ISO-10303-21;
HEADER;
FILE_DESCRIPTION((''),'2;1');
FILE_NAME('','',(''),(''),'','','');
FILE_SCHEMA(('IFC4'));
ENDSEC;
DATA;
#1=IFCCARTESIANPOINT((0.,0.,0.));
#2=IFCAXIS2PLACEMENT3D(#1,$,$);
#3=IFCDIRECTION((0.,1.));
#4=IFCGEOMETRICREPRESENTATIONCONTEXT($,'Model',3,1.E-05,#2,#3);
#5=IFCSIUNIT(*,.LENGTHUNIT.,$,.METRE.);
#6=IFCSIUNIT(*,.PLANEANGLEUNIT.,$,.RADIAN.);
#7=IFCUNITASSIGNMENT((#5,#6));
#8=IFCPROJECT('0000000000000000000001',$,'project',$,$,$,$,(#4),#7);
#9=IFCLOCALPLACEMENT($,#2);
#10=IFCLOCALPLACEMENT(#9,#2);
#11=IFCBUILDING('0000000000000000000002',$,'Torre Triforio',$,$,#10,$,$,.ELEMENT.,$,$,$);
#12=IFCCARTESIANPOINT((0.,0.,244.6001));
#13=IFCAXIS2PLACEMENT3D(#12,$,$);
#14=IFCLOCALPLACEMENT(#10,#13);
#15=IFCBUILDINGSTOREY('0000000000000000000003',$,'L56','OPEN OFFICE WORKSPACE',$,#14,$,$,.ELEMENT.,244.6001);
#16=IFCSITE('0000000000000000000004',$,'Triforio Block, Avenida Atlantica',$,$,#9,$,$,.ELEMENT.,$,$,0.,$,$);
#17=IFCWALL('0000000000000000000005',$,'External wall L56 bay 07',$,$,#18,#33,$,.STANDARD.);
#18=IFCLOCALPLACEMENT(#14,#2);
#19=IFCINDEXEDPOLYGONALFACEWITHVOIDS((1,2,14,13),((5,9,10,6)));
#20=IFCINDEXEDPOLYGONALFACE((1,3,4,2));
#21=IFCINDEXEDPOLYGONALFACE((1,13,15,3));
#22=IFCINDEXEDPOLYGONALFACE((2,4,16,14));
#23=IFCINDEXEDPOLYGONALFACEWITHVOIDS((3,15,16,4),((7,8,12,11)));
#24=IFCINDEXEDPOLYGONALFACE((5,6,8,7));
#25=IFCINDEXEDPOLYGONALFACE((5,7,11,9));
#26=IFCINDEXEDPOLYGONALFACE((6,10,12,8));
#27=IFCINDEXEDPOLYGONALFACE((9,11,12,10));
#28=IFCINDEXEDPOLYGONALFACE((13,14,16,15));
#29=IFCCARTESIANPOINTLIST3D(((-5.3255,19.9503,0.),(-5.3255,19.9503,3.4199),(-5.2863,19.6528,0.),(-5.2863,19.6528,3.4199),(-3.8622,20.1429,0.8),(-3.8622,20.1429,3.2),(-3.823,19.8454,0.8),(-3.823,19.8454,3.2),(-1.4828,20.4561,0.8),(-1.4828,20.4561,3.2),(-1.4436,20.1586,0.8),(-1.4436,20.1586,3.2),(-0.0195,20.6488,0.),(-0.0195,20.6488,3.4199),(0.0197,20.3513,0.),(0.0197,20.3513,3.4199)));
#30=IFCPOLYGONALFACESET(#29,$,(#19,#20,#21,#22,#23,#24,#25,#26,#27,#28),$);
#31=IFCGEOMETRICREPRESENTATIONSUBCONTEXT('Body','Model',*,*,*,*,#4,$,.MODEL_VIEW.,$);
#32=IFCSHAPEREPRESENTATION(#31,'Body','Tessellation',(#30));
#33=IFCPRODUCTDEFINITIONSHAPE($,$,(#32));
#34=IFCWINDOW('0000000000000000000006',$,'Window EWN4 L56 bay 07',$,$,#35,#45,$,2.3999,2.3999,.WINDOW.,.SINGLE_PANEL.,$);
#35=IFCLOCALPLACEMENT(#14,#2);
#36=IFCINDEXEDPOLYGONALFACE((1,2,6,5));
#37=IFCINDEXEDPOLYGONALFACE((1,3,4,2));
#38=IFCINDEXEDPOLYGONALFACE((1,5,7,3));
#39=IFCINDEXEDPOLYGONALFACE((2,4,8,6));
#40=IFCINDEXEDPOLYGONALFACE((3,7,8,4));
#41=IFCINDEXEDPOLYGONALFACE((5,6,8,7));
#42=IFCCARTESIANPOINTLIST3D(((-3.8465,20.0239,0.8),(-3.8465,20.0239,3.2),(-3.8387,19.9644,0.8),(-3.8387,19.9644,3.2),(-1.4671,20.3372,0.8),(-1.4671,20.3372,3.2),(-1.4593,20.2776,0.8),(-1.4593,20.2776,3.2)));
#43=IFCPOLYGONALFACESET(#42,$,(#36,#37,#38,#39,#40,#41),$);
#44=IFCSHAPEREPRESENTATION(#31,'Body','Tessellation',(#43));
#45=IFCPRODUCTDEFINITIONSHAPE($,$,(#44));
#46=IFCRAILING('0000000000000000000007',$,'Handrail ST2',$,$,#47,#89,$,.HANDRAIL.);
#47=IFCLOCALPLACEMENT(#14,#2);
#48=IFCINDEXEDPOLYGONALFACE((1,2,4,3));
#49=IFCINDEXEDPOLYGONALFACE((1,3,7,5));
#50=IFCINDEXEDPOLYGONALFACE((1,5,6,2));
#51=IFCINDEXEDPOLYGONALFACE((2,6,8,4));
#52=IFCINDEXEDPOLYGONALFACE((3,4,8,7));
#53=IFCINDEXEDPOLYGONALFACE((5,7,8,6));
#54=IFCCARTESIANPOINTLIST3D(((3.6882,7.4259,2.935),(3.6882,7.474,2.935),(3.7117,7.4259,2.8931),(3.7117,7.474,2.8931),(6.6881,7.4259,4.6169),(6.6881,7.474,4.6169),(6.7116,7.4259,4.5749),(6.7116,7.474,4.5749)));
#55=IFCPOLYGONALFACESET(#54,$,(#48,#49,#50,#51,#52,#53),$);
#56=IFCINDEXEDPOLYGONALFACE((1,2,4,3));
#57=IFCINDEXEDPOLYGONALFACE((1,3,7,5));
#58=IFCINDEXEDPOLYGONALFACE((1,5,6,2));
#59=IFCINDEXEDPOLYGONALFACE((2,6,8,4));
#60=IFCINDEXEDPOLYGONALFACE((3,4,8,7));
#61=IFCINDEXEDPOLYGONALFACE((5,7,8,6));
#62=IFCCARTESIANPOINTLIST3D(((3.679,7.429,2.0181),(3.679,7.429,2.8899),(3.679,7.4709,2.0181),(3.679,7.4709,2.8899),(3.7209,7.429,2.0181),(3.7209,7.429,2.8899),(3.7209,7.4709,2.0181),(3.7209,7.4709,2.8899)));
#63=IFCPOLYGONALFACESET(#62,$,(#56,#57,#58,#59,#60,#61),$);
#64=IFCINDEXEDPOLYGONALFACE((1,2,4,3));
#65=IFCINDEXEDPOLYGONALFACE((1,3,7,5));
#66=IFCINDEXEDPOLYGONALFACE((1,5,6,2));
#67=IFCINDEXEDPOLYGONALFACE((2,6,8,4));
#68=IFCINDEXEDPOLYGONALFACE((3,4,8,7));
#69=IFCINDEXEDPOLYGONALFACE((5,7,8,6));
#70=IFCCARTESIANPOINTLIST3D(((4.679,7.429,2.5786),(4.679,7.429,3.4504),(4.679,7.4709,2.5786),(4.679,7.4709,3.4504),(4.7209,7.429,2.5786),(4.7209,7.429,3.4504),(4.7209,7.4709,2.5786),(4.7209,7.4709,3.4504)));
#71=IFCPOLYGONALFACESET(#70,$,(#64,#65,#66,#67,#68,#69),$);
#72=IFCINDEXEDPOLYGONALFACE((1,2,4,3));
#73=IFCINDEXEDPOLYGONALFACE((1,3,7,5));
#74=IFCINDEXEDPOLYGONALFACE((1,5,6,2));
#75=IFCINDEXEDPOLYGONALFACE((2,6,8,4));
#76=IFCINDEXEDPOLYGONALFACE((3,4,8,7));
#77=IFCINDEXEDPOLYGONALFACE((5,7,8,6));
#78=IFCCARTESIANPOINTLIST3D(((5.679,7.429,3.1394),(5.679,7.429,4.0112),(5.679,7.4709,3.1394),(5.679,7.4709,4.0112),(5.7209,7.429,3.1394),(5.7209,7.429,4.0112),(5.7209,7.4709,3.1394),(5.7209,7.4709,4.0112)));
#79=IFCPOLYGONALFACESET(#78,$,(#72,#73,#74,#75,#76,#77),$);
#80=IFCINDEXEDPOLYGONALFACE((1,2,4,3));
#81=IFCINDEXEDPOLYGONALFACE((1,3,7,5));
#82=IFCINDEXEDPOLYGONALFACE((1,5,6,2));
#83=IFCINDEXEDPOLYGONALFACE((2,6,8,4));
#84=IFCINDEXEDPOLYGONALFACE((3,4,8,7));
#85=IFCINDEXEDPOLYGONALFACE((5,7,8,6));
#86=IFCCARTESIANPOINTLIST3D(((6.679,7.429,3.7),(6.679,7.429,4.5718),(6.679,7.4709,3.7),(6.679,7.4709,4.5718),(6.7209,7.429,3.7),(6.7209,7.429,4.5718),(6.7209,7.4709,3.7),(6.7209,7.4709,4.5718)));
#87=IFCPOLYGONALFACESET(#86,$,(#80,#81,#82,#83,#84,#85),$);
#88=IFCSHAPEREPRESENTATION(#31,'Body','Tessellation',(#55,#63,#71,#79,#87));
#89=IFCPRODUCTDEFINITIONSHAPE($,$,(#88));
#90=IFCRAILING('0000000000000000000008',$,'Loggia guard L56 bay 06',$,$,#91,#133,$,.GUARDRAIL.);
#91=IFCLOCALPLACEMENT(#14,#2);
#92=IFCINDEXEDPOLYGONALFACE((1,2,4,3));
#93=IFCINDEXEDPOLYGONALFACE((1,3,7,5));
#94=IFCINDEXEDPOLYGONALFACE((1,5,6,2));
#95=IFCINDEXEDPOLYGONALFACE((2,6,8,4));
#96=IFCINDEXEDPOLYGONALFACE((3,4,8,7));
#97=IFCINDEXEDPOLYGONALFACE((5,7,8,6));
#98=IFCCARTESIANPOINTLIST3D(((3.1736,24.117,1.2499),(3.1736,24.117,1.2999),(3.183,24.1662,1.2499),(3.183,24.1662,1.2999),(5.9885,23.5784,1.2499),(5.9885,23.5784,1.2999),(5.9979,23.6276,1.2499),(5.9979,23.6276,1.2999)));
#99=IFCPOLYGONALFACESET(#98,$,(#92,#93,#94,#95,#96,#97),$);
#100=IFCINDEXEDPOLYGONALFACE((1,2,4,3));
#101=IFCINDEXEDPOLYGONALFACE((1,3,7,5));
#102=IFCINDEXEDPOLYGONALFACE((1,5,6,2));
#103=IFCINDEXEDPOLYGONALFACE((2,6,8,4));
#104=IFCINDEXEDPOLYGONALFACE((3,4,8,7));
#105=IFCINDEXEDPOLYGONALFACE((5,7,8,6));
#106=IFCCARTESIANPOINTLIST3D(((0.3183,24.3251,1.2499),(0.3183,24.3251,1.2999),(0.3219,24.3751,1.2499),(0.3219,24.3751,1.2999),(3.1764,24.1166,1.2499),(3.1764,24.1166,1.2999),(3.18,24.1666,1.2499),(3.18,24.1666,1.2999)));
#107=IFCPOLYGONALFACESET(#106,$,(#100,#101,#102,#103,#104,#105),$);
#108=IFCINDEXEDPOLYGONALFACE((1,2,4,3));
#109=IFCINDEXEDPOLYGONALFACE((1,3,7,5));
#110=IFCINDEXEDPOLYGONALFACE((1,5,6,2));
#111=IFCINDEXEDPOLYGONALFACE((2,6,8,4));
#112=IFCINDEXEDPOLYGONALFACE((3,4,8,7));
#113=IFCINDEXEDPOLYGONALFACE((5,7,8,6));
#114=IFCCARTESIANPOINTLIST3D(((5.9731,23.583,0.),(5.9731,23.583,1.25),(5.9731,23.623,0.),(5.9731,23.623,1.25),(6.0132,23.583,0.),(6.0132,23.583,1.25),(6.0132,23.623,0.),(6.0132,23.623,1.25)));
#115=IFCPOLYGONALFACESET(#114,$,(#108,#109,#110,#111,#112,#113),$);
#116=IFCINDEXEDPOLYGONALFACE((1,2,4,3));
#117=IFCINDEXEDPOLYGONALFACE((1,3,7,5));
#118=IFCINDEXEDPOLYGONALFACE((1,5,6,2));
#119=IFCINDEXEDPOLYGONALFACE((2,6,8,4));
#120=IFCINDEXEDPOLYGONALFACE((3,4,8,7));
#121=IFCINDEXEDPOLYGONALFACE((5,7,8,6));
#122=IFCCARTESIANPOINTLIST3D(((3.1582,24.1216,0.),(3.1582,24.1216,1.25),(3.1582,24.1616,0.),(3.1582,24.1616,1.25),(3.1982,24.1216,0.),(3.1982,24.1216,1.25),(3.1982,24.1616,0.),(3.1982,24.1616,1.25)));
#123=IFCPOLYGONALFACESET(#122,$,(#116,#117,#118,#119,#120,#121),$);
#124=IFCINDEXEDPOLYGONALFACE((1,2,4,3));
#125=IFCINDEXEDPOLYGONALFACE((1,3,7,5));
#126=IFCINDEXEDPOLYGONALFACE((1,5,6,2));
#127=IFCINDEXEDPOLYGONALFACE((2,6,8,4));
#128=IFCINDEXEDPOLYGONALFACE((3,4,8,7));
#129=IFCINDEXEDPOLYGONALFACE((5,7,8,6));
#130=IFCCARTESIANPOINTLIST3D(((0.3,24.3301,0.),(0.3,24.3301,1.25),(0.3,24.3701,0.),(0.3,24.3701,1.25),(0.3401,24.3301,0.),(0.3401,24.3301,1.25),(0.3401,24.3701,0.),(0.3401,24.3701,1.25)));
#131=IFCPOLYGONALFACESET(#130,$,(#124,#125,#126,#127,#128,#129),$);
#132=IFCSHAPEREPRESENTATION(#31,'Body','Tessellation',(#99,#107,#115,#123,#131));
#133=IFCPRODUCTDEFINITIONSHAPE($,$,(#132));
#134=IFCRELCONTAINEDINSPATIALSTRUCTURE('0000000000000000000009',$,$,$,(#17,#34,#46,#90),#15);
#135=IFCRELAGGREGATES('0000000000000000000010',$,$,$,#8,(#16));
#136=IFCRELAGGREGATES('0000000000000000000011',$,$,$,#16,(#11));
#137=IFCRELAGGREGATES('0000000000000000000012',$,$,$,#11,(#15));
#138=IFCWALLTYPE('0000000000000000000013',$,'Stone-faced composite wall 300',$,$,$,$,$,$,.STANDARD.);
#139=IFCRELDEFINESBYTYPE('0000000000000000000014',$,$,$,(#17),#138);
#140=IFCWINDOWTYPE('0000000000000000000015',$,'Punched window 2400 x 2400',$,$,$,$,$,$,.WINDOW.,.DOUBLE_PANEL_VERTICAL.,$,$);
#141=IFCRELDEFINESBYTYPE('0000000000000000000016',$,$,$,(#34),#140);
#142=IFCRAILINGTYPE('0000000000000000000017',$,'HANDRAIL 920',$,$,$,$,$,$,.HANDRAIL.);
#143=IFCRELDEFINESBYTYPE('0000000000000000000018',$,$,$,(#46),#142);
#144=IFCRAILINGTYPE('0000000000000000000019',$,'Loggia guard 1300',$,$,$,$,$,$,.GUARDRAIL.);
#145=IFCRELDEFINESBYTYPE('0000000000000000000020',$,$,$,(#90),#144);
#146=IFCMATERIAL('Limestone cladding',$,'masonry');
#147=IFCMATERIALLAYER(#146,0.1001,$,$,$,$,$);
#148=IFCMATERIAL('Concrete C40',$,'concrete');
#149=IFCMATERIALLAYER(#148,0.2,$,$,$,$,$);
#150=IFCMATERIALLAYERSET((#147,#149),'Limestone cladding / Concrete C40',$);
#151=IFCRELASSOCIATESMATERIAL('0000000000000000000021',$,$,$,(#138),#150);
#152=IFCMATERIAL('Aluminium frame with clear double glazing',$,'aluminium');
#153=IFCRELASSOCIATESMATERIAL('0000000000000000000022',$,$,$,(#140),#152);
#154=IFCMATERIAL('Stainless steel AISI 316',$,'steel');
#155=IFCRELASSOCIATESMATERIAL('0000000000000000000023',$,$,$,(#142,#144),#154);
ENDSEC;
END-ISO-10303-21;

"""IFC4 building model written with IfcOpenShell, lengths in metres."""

from ifc_helpers import new_model, si_unit, direction, frame, frame_2d, origin, origin_2d, place, context, subcontext, project, spatial, rectangle, extrude, material, layer, layer_set, type_object, element, fill, save


model = new_model("IFC4")

# Units and contexts
model_context = context("Model", 3, precision=1e-05, world=origin(), true_north=direction((0.0, 1.0)))
body_context = subcontext(model_context, "Body", "Model", "MODEL_VIEW")
ifc_project = project(units=[si_unit("LENGTHUNIT", "METRE"), si_unit("PLANEANGLEUNIT", "RADIAN")], contexts=[model_context])

# Site, building, storey
site_placement = place(None, origin())
site = spatial("IfcSite", under=ifc_project, at=site_placement, Name="Triforio Block, Avenida Atlantica", CompositionType="ELEMENT", RefElevation=0.0)
building_placement = place(site_placement, origin())
building = spatial("IfcBuilding", under=site, at=building_placement, Name="Torre Triforio", CompositionType="ELEMENT")
storey_placement = place(building_placement, frame((0.0, 0.0, 244.6001)))
storey = spatial("IfcBuildingStorey", under=building, at=storey_placement, Name="L56", Description="OPEN OFFICE WORKSPACE", CompositionType="ELEMENT", Elevation=244.6001)

# Shared definitions
ifc_material_1 = material(Name="Concrete C40", Category="concrete")

# Shared definitions
ifc_material_2 = material(Name="Limestone cladding", Category="masonry")
ifc_layer_1 = layer(ifc_material_2, 0.1001)
ifc_layer_2 = layer(ifc_material_1, 0.2)
ifc_layer_set_1 = layer_set([ifc_layer_1, ifc_layer_2], Name="Limestone cladding / Concrete C40")
wall_type_1 = type_object("IfcWallType", Name="Stone-faced composite wall 300", PredefinedType="STANDARD", material=ifc_layer_set_1)
ifc_material_3 = material(Name="Aluminium frame with clear double glazing", Category="aluminium")

# Wall, opening, window
wall_1_placement = place(storey_placement, frame((0.0, 20.5, 0.0), z_axis=(0.0, 0.0, 1.0), x_axis=(-0.991446, -0.130517, 0.0)))
wall_1 = element("IfcWall", 1, at=wall_1_placement, inside=storey, type_object=wall_type_1, Name="External wall L56 bay 07", PredefinedType="STANDARD", context=body_context, shape_type="SweptSolid", body=[
    extrude(rectangle(XDim=5.3518, YDim=0.3, at=frame_2d((2.6758, 0.0))), origin(), (0.0, 0.0, 1.0), 3.4199),
])
opening_1_placement = place(wall_1_placement, frame((1.4758, 0.0, 0.8)))
opening_1 = element("IfcOpeningElement", 2, at=opening_1_placement, cuts=wall_1, PredefinedType="OPENING", context=body_context, shape_type="SweptSolid", body=[
    extrude(rectangle(XDim=2.3999, YDim=2.3999, at=frame_2d((1.2, 1.2))), frame((0.0, 0.1599, 0.0), z_axis=(0.0, -1.0, 0.0), x_axis=(1.0, 0.0, 0.0)), (0.0, 0.0, 1.0), 0.3201),
])
window_type_1 = type_object("IfcWindowType", Name="Punched window 2400 x 2400", PartitioningType="DOUBLE_PANEL_VERTICAL", PredefinedType="WINDOW", material=ifc_material_3)
window_1_placement = place(opening_1_placement, origin())
window_1 = element("IfcWindow", 3, at=window_1_placement, inside=storey, type_object=window_type_1, Name="Window EWN4 L56 bay 07", OverallHeight=2.3999, OverallWidth=2.3999, PartitioningType="SINGLE_PANEL", PredefinedType="WINDOW", context=body_context, shape_type="SweptSolid", body=[
    extrude(rectangle(XDim=2.3999, YDim=2.3999, at=frame_2d((1.2, 1.2))), frame((0.0, 0.03, 0.0), z_axis=(0.0, -1.0, 0.0), x_axis=(1.0, 0.0, 0.0)), (0.0, 0.0, 1.0), 0.0601),
])
fill(opening_1, window_1)

# Railings
ifc_material_4 = material(Name="Stainless steel AISI 316", Category="steel")
railing_type_1 = type_object("IfcRailingType", Name="HANDRAIL 920", PredefinedType="HANDRAIL", material=ifc_material_4)
railing_1_placement = place(storey_placement, frame((3.7, 7.45, 2.0181)))
element("IfcRailing", 4, at=railing_1_placement, inside=storey, type_object=railing_type_1, Name="Handrail ST2", PredefinedType="HANDRAIL", context=body_context, shape_type="SweptSolid", body=[
    extrude(rectangle(XDim=0.0481, YDim=0.0481, at=origin_2d()), frame((0.0, 0.0, 0.896), z_axis=(0.872272, 0.0, 0.48902), x_axis=(0.0, 1.0, 0.0)), (0.0, 0.0, 1.0), 3.4392),
    extrude(rectangle(XDim=0.042, YDim=0.042, at=origin_2d()), origin(), (0.0, 0.0, 1.0), 0.8718),
    extrude(rectangle(XDim=0.042, YDim=0.042, at=origin_2d()), frame((1.0, 0.0, 0.5605)), (0.0, 0.0, 1.0), 0.8718),
    extrude(rectangle(XDim=0.042, YDim=0.042, at=origin_2d()), frame((2.0, 0.0, 1.1213)), (0.0, 0.0, 1.0), 0.8718),
    extrude(rectangle(XDim=0.042, YDim=0.042, at=origin_2d()), frame((3.0, 0.0, 1.6819)), (0.0, 0.0, 1.0), 0.8718),
])
railing_type_2 = type_object("IfcRailingType", Name="Loggia guard 1300", PredefinedType="GUARDRAIL", material=ifc_material_4)
railing_2_placement = place(storey_placement, frame((5.9932, 23.603, 0.0)))
element("IfcRailing", 5, at=railing_2_placement, inside=storey, type_object=railing_type_2, Name="Loggia guard L56 bay 06", PredefinedType="GUARDRAIL", context=body_context, shape_type="SweptSolid", body=[
    extrude(rectangle(XDim=0.05, YDim=0.05, at=origin_2d()), frame((0.0, 0.0, 1.2749), z_axis=(-0.982185, 0.187918, 0.0), x_axis=(-0.187918, -0.982185, 0.0)), (0.0, 0.0, 1.0), 2.866),
    extrude(rectangle(XDim=0.05, YDim=0.05, at=origin_2d()), frame((-2.8149, 0.5386, 1.2749), z_axis=(-0.99735, 0.072754, 0.0), x_axis=(-0.072754, -0.99735, 0.0)), (0.0, 0.0, 1.0), 2.8657),
    extrude(rectangle(XDim=0.04, YDim=0.04, at=origin_2d()), origin(), (0.0, 0.0, 1.0), 1.25),
    extrude(rectangle(XDim=0.04, YDim=0.04, at=origin_2d()), frame((-2.8149, 0.5386, 0.0)), (0.0, 0.0, 1.0), 1.25),
    extrude(rectangle(XDim=0.04, YDim=0.04, at=origin_2d()), frame((-5.6731, 0.7471, 0.0)), (0.0, 0.0, 1.0), 1.25),
])

save(model, "model.ifc")
